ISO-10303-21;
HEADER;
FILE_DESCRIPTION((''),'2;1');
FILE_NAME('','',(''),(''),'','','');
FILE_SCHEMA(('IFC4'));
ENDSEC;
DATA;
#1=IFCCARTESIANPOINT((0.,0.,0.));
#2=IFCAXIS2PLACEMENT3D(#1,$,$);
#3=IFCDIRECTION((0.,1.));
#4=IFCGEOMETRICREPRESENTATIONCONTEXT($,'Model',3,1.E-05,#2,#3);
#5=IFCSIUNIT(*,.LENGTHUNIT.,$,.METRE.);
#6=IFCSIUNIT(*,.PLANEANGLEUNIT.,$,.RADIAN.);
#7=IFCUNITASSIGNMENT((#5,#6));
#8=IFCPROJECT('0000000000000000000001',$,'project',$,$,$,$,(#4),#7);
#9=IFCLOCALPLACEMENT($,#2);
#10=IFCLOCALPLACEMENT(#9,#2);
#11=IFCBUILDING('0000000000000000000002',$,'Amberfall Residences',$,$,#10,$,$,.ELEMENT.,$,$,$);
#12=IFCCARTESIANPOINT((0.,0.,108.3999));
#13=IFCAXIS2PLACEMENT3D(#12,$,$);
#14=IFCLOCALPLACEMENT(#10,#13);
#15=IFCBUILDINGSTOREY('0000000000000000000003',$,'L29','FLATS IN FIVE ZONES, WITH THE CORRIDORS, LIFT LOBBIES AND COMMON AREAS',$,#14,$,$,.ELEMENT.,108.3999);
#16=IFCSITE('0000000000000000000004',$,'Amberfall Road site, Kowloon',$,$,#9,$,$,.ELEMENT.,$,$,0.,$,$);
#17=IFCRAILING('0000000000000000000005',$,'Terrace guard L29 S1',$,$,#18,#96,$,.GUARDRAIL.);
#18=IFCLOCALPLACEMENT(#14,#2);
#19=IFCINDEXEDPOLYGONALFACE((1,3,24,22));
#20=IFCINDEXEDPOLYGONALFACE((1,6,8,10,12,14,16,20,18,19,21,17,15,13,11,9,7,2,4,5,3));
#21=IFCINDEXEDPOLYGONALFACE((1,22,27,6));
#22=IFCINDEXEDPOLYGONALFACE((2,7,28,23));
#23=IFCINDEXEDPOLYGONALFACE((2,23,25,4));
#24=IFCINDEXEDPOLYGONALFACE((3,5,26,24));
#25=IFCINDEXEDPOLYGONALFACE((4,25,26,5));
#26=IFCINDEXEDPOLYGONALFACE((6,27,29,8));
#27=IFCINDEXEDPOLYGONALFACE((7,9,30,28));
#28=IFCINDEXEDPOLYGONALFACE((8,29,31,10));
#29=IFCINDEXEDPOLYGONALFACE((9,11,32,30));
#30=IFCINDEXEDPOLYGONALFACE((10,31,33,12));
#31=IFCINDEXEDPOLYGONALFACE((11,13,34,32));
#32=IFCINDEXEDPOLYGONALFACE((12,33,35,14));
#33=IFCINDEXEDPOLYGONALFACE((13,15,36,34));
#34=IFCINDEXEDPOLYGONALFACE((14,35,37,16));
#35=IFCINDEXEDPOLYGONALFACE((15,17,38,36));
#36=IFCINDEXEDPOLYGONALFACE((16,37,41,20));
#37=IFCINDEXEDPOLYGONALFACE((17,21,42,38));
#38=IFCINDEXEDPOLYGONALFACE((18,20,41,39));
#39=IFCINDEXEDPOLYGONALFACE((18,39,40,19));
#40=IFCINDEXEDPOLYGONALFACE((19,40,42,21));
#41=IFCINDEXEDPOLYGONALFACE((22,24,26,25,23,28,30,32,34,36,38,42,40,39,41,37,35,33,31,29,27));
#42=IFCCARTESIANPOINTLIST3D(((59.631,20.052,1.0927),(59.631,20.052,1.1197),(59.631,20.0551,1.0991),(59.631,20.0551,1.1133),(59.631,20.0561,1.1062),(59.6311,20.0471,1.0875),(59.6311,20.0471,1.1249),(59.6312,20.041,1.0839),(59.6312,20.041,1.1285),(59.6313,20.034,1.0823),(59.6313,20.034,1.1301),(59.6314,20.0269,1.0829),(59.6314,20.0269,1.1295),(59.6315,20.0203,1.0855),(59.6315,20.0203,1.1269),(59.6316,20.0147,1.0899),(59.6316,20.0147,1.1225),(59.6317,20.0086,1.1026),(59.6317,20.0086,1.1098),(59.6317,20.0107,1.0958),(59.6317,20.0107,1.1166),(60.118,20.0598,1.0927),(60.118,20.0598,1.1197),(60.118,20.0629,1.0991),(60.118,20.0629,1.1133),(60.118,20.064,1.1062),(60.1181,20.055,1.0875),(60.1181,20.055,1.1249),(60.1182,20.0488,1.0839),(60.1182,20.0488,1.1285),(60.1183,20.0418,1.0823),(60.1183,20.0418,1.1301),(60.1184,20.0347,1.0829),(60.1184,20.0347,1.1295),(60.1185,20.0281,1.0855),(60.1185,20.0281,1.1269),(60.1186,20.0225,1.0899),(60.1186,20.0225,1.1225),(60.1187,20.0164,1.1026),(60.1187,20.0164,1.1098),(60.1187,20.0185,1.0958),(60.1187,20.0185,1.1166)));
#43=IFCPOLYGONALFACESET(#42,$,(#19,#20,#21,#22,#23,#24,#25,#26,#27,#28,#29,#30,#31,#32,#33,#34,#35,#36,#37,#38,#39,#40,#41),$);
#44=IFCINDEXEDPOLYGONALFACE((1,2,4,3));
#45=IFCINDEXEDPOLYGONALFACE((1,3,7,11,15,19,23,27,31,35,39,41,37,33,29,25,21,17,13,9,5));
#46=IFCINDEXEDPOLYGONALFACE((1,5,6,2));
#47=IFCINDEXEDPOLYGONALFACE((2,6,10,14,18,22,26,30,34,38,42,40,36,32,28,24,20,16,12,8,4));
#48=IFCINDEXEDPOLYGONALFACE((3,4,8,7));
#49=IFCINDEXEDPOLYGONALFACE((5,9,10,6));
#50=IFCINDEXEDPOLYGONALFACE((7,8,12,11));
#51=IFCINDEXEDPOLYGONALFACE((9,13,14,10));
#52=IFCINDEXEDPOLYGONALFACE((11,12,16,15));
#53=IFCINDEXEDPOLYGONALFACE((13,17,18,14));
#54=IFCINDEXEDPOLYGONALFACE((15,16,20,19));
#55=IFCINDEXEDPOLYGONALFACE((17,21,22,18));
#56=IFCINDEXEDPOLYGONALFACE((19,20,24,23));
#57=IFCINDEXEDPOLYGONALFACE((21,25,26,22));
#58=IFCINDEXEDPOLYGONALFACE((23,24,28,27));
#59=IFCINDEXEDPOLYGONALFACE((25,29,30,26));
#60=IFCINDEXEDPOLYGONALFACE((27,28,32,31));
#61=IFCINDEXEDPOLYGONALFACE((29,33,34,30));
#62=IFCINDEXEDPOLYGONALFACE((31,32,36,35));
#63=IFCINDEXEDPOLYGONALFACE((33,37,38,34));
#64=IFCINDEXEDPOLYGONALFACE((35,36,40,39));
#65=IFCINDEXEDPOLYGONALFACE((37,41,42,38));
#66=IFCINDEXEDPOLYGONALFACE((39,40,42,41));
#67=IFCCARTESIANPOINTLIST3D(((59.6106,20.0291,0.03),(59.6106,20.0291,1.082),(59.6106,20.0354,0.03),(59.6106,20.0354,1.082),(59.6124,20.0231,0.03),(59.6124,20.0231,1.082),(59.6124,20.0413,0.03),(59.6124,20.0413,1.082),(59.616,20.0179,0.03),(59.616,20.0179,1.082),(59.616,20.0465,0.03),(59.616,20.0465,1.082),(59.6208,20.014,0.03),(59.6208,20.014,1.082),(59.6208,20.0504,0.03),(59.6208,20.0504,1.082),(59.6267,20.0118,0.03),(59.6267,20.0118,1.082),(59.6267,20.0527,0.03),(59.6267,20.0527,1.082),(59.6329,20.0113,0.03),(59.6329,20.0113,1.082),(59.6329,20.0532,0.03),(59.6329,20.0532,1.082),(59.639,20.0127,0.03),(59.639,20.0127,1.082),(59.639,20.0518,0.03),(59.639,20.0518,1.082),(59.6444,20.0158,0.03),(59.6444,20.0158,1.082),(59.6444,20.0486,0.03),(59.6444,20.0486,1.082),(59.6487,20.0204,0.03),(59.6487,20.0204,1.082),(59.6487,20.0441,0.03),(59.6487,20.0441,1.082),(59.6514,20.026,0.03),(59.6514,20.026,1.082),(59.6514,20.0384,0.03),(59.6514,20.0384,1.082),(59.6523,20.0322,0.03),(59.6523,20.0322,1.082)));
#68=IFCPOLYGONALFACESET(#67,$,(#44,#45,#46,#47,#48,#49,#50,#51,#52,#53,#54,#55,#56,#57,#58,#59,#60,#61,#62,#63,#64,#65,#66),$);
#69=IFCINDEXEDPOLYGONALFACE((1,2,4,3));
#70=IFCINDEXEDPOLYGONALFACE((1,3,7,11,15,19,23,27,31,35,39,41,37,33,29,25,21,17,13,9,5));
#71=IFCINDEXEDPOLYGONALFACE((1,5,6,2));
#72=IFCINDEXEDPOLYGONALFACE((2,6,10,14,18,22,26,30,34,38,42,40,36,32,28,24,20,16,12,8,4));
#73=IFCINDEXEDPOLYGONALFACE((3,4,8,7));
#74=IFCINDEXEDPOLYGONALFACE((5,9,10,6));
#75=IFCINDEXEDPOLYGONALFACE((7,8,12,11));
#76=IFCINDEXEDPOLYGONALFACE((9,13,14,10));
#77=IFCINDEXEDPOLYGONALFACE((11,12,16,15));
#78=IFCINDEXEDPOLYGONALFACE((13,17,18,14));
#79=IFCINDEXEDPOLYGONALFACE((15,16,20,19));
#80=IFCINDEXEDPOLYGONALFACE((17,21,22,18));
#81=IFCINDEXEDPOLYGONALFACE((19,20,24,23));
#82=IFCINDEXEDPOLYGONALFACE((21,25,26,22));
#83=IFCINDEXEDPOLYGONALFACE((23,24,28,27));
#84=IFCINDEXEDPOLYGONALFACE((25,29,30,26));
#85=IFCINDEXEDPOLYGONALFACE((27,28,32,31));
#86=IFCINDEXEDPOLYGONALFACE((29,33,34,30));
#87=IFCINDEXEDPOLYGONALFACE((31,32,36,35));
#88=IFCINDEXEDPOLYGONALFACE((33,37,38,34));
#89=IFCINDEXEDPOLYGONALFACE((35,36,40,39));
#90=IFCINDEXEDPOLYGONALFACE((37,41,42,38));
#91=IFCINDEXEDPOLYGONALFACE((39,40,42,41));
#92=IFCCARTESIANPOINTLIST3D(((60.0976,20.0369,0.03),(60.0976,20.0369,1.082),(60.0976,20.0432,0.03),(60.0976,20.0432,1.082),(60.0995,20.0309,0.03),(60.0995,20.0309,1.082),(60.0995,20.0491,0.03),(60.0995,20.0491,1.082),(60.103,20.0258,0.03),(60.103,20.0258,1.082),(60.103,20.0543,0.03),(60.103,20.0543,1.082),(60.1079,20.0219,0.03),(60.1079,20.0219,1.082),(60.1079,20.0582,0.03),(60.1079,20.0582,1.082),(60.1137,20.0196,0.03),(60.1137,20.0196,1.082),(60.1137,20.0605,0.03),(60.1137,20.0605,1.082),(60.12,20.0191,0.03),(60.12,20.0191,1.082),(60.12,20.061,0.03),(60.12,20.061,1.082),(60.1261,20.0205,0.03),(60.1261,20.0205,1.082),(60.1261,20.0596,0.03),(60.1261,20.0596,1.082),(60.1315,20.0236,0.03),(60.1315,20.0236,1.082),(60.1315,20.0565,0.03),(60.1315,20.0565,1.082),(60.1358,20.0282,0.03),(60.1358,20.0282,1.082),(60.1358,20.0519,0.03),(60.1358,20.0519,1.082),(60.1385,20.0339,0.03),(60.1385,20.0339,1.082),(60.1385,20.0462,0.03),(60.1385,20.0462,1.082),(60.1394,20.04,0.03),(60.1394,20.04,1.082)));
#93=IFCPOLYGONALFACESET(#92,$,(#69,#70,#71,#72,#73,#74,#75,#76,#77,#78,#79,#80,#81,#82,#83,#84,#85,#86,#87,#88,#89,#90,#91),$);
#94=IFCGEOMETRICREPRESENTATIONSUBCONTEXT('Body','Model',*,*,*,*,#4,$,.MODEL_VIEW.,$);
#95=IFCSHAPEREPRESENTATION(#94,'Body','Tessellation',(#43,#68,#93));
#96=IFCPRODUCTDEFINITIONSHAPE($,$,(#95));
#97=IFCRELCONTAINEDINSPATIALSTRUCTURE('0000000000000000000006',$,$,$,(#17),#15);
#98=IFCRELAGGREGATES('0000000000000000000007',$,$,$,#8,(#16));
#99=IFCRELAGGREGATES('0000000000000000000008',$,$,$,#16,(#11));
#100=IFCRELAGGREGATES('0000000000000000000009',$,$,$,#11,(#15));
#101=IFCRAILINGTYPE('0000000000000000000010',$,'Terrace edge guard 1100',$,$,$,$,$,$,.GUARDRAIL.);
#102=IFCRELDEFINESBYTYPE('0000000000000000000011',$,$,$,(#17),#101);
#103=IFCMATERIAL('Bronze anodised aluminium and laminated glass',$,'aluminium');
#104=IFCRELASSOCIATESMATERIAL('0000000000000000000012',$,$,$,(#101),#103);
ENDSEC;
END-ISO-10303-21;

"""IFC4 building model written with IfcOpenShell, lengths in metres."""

from ifc_helpers import new_model, si_unit, direction, frame, origin, origin_2d, place, context, subcontext, project, spatial, circle, extrude, material, type_object, element, save


model = new_model("IFC4")

# Units and contexts
model_context = context("Model", 3, precision=1e-05, world=origin(), true_north=direction((0.0, 1.0)))
body_context = subcontext(model_context, "Body", "Model", "MODEL_VIEW")
ifc_project = project(units=[si_unit("LENGTHUNIT", "METRE"), si_unit("PLANEANGLEUNIT", "RADIAN")], contexts=[model_context])

# Site, building, storey
site_placement = place(None, origin())
site = spatial("IfcSite", under=ifc_project, at=site_placement, Name="Amberfall Road site, Kowloon", CompositionType="ELEMENT", RefElevation=0.0)
building_placement = place(site_placement, origin())
building = spatial("IfcBuilding", under=site, at=building_placement, Name="Amberfall Residences", CompositionType="ELEMENT")
storey_placement = place(building_placement, frame((0.0, 0.0, 108.3999)))
storey = spatial("IfcBuildingStorey", under=building, at=storey_placement, Name="L29", Description="FLATS IN FIVE ZONES, WITH THE CORRIDORS, LIFT LOBBIES AND COMMON AREAS", CompositionType="ELEMENT", Elevation=108.3999)

# Railing
ifc_material_1 = material(Name="Bronze anodised aluminium and laminated glass", Category="aluminium")
railing_type = type_object("IfcRailingType", Name="Terrace edge guard 1100", PredefinedType="GUARDRAIL", material=ifc_material_1)
railing_placement = place(storey_placement, frame((59.6313, 20.0322, 0.03)))
element("IfcRailing", 1, at=railing_placement, inside=storey, type_object=railing_type, Name="Terrace guard L29 S1", PredefinedType="GUARDRAIL", context=body_context, shape_type="SweptSolid", body=[
    extrude(circle(Radius=0.0239, at=origin_2d()), frame((0.0, 0.0, 1.0762), z_axis=(0.999871, 0.016038, 0.0), x_axis=(-0.016038, 0.999871, 0.0)), (0.0, 0.0, 1.0), 0.4871),
    extrude(circle(Radius=0.021, at=origin_2d()), origin(), (0.0, 0.0, 1.0), 1.052),
    extrude(circle(Radius=0.021, at=origin_2d()), frame((0.4871, 0.0078, 0.0)), (0.0, 0.0, 1.0), 1.052),
])

save(model, "model.ifc")
